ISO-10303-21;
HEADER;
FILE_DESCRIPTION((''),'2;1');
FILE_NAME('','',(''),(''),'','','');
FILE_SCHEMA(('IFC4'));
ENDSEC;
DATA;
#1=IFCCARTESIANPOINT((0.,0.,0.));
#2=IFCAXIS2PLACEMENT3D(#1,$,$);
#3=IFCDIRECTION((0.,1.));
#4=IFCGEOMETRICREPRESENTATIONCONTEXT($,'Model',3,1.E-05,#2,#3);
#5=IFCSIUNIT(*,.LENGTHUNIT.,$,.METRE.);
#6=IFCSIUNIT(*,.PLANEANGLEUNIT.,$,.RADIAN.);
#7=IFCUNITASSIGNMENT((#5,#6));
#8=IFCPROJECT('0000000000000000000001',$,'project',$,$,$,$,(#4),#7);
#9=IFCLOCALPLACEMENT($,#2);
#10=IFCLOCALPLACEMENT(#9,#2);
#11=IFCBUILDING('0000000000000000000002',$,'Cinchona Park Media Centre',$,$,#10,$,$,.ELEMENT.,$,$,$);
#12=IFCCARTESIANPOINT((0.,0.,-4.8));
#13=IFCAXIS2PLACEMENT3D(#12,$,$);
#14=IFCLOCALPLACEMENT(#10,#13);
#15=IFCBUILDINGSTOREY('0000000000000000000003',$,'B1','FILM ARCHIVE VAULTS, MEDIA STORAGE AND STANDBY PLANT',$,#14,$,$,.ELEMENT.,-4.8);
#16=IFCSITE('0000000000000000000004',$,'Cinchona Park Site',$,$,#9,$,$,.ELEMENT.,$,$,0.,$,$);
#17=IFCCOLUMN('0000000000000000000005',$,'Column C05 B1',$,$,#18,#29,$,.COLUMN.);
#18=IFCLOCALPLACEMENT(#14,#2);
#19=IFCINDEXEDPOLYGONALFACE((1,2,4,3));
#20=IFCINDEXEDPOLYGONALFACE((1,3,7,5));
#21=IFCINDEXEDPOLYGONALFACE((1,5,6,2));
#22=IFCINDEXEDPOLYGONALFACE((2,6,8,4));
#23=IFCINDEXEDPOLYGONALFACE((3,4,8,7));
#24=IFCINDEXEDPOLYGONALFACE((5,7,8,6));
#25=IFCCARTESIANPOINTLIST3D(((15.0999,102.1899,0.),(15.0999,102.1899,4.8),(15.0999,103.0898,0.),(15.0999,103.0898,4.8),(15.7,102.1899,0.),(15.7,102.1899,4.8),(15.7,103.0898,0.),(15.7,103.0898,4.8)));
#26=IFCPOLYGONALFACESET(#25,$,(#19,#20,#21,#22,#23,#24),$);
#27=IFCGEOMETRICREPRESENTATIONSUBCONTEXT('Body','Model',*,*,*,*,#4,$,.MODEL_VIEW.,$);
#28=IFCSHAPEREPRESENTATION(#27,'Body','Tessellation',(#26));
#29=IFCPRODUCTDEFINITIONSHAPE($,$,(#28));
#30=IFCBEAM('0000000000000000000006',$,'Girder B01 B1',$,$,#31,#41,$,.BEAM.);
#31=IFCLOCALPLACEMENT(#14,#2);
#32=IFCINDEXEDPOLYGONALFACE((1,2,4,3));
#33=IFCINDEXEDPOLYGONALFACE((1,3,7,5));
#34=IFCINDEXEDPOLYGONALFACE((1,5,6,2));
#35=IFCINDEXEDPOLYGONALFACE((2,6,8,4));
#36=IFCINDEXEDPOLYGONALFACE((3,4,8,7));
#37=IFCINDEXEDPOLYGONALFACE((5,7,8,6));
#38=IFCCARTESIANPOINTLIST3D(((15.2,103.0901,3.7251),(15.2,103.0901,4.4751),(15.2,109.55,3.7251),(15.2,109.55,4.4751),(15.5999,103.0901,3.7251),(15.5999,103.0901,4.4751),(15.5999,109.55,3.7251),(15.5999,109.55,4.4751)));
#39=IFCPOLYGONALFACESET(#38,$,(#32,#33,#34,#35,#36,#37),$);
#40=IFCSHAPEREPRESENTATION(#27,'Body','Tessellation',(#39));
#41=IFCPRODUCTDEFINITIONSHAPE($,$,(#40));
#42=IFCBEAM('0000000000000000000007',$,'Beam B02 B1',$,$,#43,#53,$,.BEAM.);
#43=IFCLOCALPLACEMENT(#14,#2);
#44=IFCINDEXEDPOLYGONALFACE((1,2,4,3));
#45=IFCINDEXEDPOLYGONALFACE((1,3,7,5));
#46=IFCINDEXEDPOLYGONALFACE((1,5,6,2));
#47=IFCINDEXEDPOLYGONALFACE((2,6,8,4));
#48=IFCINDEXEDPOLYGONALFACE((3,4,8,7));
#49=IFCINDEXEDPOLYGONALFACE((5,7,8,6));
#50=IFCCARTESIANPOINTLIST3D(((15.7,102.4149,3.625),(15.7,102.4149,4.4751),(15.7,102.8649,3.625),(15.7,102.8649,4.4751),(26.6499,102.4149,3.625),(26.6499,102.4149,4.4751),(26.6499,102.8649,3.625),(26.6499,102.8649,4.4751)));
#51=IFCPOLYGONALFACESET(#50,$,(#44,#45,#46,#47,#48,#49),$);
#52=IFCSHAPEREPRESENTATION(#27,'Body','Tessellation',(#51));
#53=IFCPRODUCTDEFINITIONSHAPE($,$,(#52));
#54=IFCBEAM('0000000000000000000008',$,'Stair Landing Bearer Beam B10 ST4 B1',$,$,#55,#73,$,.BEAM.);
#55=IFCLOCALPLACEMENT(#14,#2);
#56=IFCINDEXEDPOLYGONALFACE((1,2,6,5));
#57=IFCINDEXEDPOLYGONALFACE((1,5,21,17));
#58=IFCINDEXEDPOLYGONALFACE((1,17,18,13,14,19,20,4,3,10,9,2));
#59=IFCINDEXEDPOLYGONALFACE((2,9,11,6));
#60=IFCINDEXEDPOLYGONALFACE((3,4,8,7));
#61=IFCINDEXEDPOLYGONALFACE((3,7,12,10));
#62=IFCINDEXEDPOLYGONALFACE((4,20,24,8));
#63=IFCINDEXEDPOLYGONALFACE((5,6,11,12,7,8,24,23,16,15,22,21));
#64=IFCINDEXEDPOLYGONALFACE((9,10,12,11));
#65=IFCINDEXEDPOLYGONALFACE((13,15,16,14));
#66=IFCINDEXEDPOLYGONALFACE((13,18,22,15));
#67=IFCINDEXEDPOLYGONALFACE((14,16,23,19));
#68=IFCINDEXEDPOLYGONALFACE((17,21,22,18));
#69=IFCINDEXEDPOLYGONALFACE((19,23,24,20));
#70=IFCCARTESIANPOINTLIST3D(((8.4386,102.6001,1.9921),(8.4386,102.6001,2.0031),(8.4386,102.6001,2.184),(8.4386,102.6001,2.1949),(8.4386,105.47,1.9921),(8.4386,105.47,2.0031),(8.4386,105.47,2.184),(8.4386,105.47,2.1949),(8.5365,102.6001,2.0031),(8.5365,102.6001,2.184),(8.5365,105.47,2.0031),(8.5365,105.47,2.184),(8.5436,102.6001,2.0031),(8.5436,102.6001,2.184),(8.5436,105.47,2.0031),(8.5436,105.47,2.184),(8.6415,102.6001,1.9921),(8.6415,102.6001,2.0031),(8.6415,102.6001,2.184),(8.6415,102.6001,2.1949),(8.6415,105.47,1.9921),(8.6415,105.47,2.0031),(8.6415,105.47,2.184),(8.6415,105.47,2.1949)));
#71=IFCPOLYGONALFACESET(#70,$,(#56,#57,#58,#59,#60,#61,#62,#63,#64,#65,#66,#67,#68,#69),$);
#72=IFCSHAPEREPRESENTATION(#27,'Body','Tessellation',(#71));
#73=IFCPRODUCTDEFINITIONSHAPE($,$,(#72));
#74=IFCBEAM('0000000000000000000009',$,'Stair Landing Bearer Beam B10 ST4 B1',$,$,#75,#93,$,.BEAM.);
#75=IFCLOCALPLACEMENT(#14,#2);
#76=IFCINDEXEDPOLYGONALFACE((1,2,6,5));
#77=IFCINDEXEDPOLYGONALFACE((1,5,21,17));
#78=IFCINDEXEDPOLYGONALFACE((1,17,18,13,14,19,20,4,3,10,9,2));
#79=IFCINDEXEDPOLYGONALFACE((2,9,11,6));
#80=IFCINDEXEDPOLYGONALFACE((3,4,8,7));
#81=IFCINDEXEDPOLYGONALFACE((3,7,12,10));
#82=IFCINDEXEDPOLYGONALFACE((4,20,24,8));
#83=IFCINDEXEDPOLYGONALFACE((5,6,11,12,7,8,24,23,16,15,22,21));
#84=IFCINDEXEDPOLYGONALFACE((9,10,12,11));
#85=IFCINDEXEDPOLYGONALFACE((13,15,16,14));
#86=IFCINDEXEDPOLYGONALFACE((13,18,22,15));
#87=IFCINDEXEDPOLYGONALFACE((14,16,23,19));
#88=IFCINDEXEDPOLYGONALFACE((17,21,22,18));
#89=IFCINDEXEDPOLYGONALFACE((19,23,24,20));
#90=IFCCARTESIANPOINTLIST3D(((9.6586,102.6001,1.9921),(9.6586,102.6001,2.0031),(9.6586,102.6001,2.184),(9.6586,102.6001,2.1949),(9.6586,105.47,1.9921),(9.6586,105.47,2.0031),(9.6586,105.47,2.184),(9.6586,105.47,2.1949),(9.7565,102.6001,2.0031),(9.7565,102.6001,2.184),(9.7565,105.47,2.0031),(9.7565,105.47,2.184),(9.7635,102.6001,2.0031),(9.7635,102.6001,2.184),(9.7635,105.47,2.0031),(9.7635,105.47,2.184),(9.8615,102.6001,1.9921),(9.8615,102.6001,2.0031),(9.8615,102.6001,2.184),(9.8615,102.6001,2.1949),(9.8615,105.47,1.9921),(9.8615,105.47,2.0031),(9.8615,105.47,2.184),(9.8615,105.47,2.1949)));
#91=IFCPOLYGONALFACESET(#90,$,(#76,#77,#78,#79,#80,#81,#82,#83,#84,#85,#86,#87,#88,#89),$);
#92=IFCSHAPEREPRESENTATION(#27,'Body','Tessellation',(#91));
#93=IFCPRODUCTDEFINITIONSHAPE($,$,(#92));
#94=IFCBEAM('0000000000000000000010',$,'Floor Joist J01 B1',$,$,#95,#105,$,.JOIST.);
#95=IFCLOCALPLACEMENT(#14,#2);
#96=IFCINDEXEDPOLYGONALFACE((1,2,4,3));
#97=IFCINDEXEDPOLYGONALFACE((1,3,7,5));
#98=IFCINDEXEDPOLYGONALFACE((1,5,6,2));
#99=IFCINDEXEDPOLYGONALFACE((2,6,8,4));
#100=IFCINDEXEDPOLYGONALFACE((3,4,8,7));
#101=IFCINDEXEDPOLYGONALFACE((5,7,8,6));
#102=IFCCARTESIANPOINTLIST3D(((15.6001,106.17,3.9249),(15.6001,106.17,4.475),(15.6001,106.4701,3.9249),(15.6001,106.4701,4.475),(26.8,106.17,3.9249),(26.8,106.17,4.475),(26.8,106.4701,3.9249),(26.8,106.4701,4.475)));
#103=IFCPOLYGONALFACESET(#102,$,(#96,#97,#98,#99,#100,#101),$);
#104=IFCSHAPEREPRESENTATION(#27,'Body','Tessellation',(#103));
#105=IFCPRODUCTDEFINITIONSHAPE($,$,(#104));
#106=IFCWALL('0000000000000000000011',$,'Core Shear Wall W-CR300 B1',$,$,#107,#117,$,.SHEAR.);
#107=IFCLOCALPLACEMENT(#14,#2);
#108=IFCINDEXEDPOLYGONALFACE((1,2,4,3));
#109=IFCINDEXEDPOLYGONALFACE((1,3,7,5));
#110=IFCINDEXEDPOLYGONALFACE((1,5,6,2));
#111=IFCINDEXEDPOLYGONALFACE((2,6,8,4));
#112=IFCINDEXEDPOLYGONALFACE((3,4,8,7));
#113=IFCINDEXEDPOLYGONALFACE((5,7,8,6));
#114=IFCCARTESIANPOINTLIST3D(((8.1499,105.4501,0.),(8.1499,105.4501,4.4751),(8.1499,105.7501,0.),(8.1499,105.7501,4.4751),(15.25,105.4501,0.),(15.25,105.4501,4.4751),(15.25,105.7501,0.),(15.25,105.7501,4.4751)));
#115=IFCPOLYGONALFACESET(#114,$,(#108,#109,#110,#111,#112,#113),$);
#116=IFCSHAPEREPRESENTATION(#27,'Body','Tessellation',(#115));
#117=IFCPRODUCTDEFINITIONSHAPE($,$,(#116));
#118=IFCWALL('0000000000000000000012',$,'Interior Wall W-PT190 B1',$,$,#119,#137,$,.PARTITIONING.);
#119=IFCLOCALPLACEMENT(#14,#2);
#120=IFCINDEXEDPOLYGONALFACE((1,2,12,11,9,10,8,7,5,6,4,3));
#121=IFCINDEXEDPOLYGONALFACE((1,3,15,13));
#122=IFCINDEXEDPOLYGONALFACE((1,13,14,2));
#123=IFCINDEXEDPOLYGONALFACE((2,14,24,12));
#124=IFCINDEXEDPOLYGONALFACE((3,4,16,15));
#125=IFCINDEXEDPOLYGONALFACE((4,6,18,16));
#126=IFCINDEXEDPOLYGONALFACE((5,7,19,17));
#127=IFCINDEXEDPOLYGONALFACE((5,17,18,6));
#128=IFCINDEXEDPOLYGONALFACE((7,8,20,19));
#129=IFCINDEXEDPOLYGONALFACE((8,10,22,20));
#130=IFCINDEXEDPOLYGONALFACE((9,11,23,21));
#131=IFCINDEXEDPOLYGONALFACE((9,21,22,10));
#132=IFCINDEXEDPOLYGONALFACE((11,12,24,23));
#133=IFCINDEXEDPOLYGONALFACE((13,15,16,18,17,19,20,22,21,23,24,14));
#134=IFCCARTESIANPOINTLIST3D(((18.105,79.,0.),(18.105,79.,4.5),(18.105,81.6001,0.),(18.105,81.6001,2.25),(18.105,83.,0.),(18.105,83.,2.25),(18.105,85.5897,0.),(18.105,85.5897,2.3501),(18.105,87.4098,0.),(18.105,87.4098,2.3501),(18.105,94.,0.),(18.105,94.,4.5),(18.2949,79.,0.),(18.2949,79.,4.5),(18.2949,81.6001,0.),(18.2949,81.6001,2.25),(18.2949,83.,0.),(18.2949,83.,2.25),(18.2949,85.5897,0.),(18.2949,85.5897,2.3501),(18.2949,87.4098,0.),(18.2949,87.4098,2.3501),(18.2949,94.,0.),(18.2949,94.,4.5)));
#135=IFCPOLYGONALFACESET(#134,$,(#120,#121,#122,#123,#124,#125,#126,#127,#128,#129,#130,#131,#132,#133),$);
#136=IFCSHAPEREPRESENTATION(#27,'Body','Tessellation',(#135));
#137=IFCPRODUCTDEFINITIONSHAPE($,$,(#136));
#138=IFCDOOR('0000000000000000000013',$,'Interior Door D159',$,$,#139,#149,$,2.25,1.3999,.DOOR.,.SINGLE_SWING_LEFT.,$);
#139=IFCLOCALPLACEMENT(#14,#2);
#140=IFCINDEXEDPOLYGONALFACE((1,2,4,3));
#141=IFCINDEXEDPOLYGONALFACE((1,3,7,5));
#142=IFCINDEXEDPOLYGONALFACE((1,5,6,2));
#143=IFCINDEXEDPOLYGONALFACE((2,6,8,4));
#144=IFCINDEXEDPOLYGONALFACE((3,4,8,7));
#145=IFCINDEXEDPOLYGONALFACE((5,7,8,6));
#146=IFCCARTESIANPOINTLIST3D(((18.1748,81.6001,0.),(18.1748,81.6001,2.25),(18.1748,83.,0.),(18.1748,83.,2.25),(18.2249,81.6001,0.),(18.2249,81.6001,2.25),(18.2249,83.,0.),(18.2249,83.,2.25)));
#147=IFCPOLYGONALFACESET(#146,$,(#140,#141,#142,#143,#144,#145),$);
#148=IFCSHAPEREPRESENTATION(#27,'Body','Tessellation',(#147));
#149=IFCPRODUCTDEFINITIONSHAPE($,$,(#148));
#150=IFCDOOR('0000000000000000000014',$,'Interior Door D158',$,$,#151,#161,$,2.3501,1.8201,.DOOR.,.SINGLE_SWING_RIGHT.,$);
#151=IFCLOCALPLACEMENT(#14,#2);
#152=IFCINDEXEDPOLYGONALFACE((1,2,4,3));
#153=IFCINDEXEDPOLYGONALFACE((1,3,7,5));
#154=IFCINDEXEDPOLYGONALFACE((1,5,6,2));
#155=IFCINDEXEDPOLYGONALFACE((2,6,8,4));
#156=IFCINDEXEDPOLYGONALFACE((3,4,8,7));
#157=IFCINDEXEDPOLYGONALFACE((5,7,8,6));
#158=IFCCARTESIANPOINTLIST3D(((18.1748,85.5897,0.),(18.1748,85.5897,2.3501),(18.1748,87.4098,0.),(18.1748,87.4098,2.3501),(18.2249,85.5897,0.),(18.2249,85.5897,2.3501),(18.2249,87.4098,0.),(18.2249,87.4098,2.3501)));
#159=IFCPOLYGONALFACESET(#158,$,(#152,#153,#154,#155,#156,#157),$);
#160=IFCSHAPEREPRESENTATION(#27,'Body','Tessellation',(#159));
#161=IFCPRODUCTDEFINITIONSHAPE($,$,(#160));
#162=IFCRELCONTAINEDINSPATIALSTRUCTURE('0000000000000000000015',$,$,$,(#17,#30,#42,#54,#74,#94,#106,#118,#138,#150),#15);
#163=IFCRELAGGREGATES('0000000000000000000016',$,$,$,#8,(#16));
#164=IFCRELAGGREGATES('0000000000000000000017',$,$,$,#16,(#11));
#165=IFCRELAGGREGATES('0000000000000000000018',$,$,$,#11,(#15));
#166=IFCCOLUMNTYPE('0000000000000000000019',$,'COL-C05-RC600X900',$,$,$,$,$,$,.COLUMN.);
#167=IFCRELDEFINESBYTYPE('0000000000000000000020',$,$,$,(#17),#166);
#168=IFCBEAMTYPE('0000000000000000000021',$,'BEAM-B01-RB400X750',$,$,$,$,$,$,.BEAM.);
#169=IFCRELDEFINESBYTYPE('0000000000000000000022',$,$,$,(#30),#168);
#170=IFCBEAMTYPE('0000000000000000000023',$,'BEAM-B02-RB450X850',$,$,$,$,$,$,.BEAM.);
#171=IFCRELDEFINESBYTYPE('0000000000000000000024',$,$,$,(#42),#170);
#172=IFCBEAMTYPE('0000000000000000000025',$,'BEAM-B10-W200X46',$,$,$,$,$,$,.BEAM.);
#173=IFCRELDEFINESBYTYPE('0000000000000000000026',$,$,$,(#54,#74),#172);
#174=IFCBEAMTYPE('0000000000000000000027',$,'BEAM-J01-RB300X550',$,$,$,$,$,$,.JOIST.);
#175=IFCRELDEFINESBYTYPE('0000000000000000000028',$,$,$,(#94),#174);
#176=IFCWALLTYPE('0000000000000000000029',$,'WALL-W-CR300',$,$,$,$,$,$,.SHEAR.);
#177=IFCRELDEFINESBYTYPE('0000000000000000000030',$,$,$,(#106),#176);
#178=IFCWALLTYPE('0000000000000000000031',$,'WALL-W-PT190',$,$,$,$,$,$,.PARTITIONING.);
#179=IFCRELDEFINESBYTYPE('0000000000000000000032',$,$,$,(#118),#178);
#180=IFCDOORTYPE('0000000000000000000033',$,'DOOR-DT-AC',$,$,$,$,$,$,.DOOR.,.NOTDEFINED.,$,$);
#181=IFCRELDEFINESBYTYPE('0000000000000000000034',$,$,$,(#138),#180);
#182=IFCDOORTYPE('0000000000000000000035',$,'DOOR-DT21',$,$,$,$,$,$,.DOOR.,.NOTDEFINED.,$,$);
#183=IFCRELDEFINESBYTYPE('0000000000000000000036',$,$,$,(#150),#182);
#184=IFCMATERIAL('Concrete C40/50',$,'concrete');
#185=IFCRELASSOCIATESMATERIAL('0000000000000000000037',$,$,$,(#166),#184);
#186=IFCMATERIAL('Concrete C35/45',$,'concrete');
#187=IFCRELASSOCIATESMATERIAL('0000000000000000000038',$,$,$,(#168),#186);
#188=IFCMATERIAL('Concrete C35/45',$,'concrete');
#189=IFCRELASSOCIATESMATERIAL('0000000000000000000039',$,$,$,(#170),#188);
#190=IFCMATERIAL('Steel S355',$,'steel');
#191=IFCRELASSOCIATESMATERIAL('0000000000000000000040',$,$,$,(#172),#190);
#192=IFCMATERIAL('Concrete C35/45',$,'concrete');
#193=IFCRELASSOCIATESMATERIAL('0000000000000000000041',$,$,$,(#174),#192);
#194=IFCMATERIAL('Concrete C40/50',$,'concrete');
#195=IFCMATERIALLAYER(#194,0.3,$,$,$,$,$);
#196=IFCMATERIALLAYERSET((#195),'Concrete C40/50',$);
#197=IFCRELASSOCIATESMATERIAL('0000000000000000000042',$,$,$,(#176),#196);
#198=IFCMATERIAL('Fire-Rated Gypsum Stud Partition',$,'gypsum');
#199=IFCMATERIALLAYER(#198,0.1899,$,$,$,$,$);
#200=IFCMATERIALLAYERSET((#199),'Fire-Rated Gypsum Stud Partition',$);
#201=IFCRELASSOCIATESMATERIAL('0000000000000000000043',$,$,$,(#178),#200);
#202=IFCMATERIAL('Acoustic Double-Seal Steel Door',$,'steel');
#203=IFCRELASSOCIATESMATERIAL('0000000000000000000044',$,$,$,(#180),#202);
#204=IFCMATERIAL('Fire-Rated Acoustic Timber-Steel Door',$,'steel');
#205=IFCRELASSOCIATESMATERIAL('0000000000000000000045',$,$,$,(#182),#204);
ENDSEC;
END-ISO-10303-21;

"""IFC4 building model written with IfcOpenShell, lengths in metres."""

from ifc_helpers import new_model, si_unit, direction, frame, frame_2d, origin, origin_2d, place, context, subcontext, project, spatial, rectangle, i_section, extrude, material, layer, layer_set, material_profile, profile_set, type_object, element, fill, save


model = new_model("IFC4")

# Units and contexts
model_context = context("Model", 3, precision=1e-05, world=origin(), true_north=direction((0.0, 1.0)))
body_context = subcontext(model_context, "Body", "Model", "MODEL_VIEW")
ifc_project = project(units=[si_unit("LENGTHUNIT", "METRE"), si_unit("PLANEANGLEUNIT", "RADIAN")], contexts=[model_context])

# Site, building, storey
site_placement = place(None, origin())
site = spatial("IfcSite", under=ifc_project, at=site_placement, Name="Cinchona Park Site", CompositionType="ELEMENT", RefElevation=0.0)
building_placement = place(site_placement, origin())
building = spatial("IfcBuilding", under=site, at=building_placement, Name="Cinchona Park Media Centre", CompositionType="ELEMENT")
storey_placement = place(building_placement, frame((0.0, 0.0, -4.8)))
storey = spatial("IfcBuildingStorey", under=building, at=storey_placement, Name="B1", Description="FILM ARCHIVE VAULTS, MEDIA STORAGE AND STANDBY PLANT", CompositionType="ELEMENT", Elevation=-4.8)

# Column
ifc_material_1 = material(Name="Concrete C40/50", Category="concrete")
ifc_material_profile_1 = material_profile(ifc_material_1, rectangle(XDim=0.6001, YDim=0.8999, at=origin_2d()), Name="RC 600X900")
ifc_profile_set_1 = profile_set([ifc_material_profile_1], Name="Concrete C40/50")
column_type_1 = type_object("IfcColumnType", Name="COL-C05-RC600X900", PredefinedType="COLUMN", material=ifc_profile_set_1)
column_1_placement = place(storey_placement, frame((15.3999, 102.6399, 0.0), z_axis=(0.0, 0.0, 1.0), x_axis=(1.0, 0.0, 0.0)))
element("IfcColumn", 1, at=column_1_placement, inside=storey, type_object=column_type_1, Name="Column C05 B1", PredefinedType="COLUMN", context=body_context, shape_type="SweptSolid", body=[
    extrude(rectangle(XDim=0.6001, YDim=0.8999, at=origin_2d()), origin(), (0.0, 0.0, 1.0), 4.8),
])

# Beams
ifc_material_2 = material(Name="Concrete C35/45", Category="concrete")
ifc_material_profile_2 = material_profile(ifc_material_2, rectangle(XDim=0.3999, YDim=0.75, at=origin_2d()), Name="RB 400X750")
ifc_profile_set_2 = profile_set([ifc_material_profile_2], Name="Concrete C35/45")
beam_type_1 = type_object("IfcBeamType", Name="BEAM-B01-RB400X750", PredefinedType="BEAM", material=ifc_profile_set_2)
beam_1_placement = place(storey_placement, frame((15.3999, 103.0901, 4.1001), z_axis=(0.0, 1.0, 0.0), x_axis=(-1.0, 0.0, 0.0)))
element("IfcBeam", 2, at=beam_1_placement, inside=storey, type_object=beam_type_1, Name="Girder B01 B1", PredefinedType="BEAM", context=body_context, shape_type="SweptSolid", body=[
    extrude(rectangle(XDim=0.3999, YDim=0.75, at=origin_2d()), origin(), (0.0, 0.0, 1.0), 6.46),
])
ifc_material_3 = material(Name="Concrete C35/45", Category="concrete")
ifc_material_profile_3 = material_profile(ifc_material_3, rectangle(XDim=0.45, YDim=0.8501, at=origin_2d()), Name="RB 450X850")
ifc_profile_set_3 = profile_set([ifc_material_profile_3], Name="Concrete C35/45")
beam_type_2 = type_object("IfcBeamType", Name="BEAM-B02-RB450X850", PredefinedType="BEAM", material=ifc_profile_set_3)
beam_2_placement = place(storey_placement, frame((15.7, 102.6399, 4.05), z_axis=(1.0, 0.0, 0.0), x_axis=(0.0, 1.0, 0.0)))
element("IfcBeam", 3, at=beam_2_placement, inside=storey, type_object=beam_type_2, Name="Beam B02 B1", PredefinedType="BEAM", context=body_context, shape_type="SweptSolid", body=[
    extrude(rectangle(XDim=0.45, YDim=0.8501, at=origin_2d()), origin(), (0.0, 0.0, 1.0), 10.95),
])
ifc_material_4 = material(Name="Steel S355", Category="steel")
ifc_material_profile_4 = material_profile(ifc_material_4, i_section(OverallWidth=0.2029, OverallDepth=0.2029, WebThickness=0.0071, FlangeThickness=0.011, at=origin_2d()), Name="W200X46")
ifc_profile_set_4 = profile_set([ifc_material_profile_4], Name="Steel S355")
beam_type_3 = type_object("IfcBeamType", Name="BEAM-B10-W200X46", PredefinedType="BEAM", material=ifc_profile_set_4)
for number, where, z_axis, x_axis, name in (
    (4, (8.54, 105.47, 2.0935), (0.0, -1.0, 0.0), (1.0, 0.0, 0.0), "Stair Landing Bearer Beam B10 ST4 B1"),
    (5, (9.76, 105.47, 2.0935), (0.0, -1.0, 0.0), (1.0, 0.0, 0.0), "Stair Landing Bearer Beam B10 ST4 B1"),
):
    element("IfcBeam", number, at=place(storey_placement, frame(where, z_axis=z_axis, x_axis=x_axis)), inside=storey, type_object=beam_type_3, Name=name, PredefinedType="BEAM", context=body_context, shape_type="SweptSolid", body=[
        extrude(i_section(OverallWidth=0.2029, OverallDepth=0.2029, WebThickness=0.0071, FlangeThickness=0.011, at=origin_2d()), origin(), (0.0, 0.0, 1.0), 2.8699),
    ])
ifc_material_5 = material(Name="Concrete C35/45", Category="concrete")
ifc_material_profile_5 = material_profile(ifc_material_5, rectangle(XDim=0.3, YDim=0.55, at=origin_2d()), Name="RB 300X550")
ifc_profile_set_5 = profile_set([ifc_material_profile_5], Name="Concrete C35/45")
beam_type_4 = type_object("IfcBeamType", Name="BEAM-J01-RB300X550", PredefinedType="JOIST", material=ifc_profile_set_5)
beam_3_placement = place(storey_placement, frame((15.6001, 106.3201, 4.2), z_axis=(1.0, 0.0, 0.0), x_axis=(0.0, 1.0, 0.0)))
element("IfcBeam", 6, at=beam_3_placement, inside=storey, type_object=beam_type_4, Name="Floor Joist J01 B1", PredefinedType="JOIST", context=body_context, shape_type="SweptSolid", body=[
    extrude(rectangle(XDim=0.3, YDim=0.55, at=origin_2d()), origin(), (0.0, 0.0, 1.0), 11.2),
])

# Shared definitions
ifc_material_6 = material(Name="Concrete C40/50", Category="concrete")
ifc_layer_1 = layer(ifc_material_6, 0.3)
ifc_layer_set_1 = layer_set([ifc_layer_1], Name="Concrete C40/50")
wall_type_1 = type_object("IfcWallType", Name="WALL-W-CR300", PredefinedType="SHEAR", material=ifc_layer_set_1)

# Wall
wall_1_placement = place(storey_placement, frame((8.1499, 105.6001, 0.0), z_axis=(0.0, 0.0, 1.0), x_axis=(1.0, 0.0, 0.0)))
element("IfcWall", 7, at=wall_1_placement, inside=storey, type_object=wall_type_1, Name="Core Shear Wall W-CR300 B1", PredefinedType="SHEAR", context=body_context, shape_type="SweptSolid", body=[
    extrude(rectangle(XDim=7.1001, YDim=0.3, at=frame_2d((3.55, 0.0))), origin(), (0.0, 0.0, 1.0), 4.4751),
])

# Wall, openings, doors
ifc_material_7 = material(Name="Fire-Rated Gypsum Stud Partition", Category="gypsum")
ifc_layer_2 = layer(ifc_material_7, 0.1899)
ifc_layer_set_2 = layer_set([ifc_layer_2], Name="Fire-Rated Gypsum Stud Partition")
wall_type_2 = type_object("IfcWallType", Name="WALL-W-PT190", PredefinedType="PARTITIONING", material=ifc_layer_set_2)
wall_2_placement = place(storey_placement, frame((18.2, 94.0, 0.0), z_axis=(0.0, 0.0, 1.0), x_axis=(0.0, -1.0, 0.0)))
wall_2 = element("IfcWall", 8, at=wall_2_placement, inside=storey, type_object=wall_type_2, Name="Interior Wall W-PT190 B1", PredefinedType="PARTITIONING", context=body_context, shape_type="SweptSolid", body=[
    extrude(rectangle(XDim=15.0, YDim=0.1899, at=frame_2d((7.5, 0.0))), origin(), (0.0, 0.0, 1.0), 4.5),
])
opening_1_placement = place(wall_2_placement, frame((6.5901, 0.0, 0.0)))
opening_1 = element("IfcOpeningElement", 9, at=opening_1_placement, cuts=wall_2, PredefinedType="OPENING", context=body_context, shape_type="SweptSolid", body=[
    extrude(rectangle(XDim=1.8201, YDim=2.3501, at=frame_2d((0.9102, 1.175))), frame((0.0, 0.105, 0.0), z_axis=(0.0, -1.0, 0.0), x_axis=(1.0, 0.0, 0.0)), (0.0, 0.0, 1.0), 0.21),
])
opening_2_placement = place(wall_2_placement, frame((11.0, 0.0, 0.0)))
opening_2 = element("IfcOpeningElement", 10, at=opening_2_placement, cuts=wall_2, PredefinedType="OPENING", context=body_context, shape_type="SweptSolid", body=[
    extrude(rectangle(XDim=1.3999, YDim=2.25, at=frame_2d((0.7, 1.125))), frame((0.0, 0.105, 0.0), z_axis=(0.0, -1.0, 0.0), x_axis=(1.0, 0.0, 0.0)), (0.0, 0.0, 1.0), 0.21),
])
ifc_material_8 = material(Name="Acoustic Double-Seal Steel Door", Category="steel")
door_type_1 = type_object("IfcDoorType", Name="DOOR-DT-AC", OperationType="NOTDEFINED", PredefinedType="DOOR", material=ifc_material_8)
door_1_placement = place(opening_2_placement, origin())
door_1 = element("IfcDoor", 11, at=door_1_placement, inside=storey, type_object=door_type_1, Name="Interior Door D159", OperationType="SINGLE_SWING_LEFT", OverallHeight=2.25, OverallWidth=1.3999, PredefinedType="DOOR", context=body_context, shape_type="SweptSolid", body=[
    extrude(rectangle(XDim=1.3999, YDim=2.25, at=frame_2d((0.7, 1.125))), frame((0.0, 0.0249, 0.0), z_axis=(0.0, -1.0, 0.0), x_axis=(1.0, 0.0, 0.0)), (0.0, 0.0, 1.0), 0.05),
])
fill(opening_2, door_1)
ifc_material_9 = material(Name="Fire-Rated Acoustic Timber-Steel Door", Category="steel")
door_type_2 = type_object("IfcDoorType", Name="DOOR-DT21", OperationType="NOTDEFINED", PredefinedType="DOOR", material=ifc_material_9)
door_2_placement = place(opening_1_placement, origin())
door_2 = element("IfcDoor", 12, at=door_2_placement, inside=storey, type_object=door_type_2, Name="Interior Door D158", OperationType="SINGLE_SWING_RIGHT", OverallHeight=2.3501, OverallWidth=1.8201, PredefinedType="DOOR", context=body_context, shape_type="SweptSolid", body=[
    extrude(rectangle(XDim=1.8201, YDim=2.3501, at=frame_2d((0.9102, 1.175))), frame((0.0, 0.0249, 0.0), z_axis=(0.0, -1.0, 0.0), x_axis=(1.0, 0.0, 0.0)), (0.0, 0.0, 1.0), 0.05),
])
fill(opening_1, door_2)

save(model, "model.ifc")
